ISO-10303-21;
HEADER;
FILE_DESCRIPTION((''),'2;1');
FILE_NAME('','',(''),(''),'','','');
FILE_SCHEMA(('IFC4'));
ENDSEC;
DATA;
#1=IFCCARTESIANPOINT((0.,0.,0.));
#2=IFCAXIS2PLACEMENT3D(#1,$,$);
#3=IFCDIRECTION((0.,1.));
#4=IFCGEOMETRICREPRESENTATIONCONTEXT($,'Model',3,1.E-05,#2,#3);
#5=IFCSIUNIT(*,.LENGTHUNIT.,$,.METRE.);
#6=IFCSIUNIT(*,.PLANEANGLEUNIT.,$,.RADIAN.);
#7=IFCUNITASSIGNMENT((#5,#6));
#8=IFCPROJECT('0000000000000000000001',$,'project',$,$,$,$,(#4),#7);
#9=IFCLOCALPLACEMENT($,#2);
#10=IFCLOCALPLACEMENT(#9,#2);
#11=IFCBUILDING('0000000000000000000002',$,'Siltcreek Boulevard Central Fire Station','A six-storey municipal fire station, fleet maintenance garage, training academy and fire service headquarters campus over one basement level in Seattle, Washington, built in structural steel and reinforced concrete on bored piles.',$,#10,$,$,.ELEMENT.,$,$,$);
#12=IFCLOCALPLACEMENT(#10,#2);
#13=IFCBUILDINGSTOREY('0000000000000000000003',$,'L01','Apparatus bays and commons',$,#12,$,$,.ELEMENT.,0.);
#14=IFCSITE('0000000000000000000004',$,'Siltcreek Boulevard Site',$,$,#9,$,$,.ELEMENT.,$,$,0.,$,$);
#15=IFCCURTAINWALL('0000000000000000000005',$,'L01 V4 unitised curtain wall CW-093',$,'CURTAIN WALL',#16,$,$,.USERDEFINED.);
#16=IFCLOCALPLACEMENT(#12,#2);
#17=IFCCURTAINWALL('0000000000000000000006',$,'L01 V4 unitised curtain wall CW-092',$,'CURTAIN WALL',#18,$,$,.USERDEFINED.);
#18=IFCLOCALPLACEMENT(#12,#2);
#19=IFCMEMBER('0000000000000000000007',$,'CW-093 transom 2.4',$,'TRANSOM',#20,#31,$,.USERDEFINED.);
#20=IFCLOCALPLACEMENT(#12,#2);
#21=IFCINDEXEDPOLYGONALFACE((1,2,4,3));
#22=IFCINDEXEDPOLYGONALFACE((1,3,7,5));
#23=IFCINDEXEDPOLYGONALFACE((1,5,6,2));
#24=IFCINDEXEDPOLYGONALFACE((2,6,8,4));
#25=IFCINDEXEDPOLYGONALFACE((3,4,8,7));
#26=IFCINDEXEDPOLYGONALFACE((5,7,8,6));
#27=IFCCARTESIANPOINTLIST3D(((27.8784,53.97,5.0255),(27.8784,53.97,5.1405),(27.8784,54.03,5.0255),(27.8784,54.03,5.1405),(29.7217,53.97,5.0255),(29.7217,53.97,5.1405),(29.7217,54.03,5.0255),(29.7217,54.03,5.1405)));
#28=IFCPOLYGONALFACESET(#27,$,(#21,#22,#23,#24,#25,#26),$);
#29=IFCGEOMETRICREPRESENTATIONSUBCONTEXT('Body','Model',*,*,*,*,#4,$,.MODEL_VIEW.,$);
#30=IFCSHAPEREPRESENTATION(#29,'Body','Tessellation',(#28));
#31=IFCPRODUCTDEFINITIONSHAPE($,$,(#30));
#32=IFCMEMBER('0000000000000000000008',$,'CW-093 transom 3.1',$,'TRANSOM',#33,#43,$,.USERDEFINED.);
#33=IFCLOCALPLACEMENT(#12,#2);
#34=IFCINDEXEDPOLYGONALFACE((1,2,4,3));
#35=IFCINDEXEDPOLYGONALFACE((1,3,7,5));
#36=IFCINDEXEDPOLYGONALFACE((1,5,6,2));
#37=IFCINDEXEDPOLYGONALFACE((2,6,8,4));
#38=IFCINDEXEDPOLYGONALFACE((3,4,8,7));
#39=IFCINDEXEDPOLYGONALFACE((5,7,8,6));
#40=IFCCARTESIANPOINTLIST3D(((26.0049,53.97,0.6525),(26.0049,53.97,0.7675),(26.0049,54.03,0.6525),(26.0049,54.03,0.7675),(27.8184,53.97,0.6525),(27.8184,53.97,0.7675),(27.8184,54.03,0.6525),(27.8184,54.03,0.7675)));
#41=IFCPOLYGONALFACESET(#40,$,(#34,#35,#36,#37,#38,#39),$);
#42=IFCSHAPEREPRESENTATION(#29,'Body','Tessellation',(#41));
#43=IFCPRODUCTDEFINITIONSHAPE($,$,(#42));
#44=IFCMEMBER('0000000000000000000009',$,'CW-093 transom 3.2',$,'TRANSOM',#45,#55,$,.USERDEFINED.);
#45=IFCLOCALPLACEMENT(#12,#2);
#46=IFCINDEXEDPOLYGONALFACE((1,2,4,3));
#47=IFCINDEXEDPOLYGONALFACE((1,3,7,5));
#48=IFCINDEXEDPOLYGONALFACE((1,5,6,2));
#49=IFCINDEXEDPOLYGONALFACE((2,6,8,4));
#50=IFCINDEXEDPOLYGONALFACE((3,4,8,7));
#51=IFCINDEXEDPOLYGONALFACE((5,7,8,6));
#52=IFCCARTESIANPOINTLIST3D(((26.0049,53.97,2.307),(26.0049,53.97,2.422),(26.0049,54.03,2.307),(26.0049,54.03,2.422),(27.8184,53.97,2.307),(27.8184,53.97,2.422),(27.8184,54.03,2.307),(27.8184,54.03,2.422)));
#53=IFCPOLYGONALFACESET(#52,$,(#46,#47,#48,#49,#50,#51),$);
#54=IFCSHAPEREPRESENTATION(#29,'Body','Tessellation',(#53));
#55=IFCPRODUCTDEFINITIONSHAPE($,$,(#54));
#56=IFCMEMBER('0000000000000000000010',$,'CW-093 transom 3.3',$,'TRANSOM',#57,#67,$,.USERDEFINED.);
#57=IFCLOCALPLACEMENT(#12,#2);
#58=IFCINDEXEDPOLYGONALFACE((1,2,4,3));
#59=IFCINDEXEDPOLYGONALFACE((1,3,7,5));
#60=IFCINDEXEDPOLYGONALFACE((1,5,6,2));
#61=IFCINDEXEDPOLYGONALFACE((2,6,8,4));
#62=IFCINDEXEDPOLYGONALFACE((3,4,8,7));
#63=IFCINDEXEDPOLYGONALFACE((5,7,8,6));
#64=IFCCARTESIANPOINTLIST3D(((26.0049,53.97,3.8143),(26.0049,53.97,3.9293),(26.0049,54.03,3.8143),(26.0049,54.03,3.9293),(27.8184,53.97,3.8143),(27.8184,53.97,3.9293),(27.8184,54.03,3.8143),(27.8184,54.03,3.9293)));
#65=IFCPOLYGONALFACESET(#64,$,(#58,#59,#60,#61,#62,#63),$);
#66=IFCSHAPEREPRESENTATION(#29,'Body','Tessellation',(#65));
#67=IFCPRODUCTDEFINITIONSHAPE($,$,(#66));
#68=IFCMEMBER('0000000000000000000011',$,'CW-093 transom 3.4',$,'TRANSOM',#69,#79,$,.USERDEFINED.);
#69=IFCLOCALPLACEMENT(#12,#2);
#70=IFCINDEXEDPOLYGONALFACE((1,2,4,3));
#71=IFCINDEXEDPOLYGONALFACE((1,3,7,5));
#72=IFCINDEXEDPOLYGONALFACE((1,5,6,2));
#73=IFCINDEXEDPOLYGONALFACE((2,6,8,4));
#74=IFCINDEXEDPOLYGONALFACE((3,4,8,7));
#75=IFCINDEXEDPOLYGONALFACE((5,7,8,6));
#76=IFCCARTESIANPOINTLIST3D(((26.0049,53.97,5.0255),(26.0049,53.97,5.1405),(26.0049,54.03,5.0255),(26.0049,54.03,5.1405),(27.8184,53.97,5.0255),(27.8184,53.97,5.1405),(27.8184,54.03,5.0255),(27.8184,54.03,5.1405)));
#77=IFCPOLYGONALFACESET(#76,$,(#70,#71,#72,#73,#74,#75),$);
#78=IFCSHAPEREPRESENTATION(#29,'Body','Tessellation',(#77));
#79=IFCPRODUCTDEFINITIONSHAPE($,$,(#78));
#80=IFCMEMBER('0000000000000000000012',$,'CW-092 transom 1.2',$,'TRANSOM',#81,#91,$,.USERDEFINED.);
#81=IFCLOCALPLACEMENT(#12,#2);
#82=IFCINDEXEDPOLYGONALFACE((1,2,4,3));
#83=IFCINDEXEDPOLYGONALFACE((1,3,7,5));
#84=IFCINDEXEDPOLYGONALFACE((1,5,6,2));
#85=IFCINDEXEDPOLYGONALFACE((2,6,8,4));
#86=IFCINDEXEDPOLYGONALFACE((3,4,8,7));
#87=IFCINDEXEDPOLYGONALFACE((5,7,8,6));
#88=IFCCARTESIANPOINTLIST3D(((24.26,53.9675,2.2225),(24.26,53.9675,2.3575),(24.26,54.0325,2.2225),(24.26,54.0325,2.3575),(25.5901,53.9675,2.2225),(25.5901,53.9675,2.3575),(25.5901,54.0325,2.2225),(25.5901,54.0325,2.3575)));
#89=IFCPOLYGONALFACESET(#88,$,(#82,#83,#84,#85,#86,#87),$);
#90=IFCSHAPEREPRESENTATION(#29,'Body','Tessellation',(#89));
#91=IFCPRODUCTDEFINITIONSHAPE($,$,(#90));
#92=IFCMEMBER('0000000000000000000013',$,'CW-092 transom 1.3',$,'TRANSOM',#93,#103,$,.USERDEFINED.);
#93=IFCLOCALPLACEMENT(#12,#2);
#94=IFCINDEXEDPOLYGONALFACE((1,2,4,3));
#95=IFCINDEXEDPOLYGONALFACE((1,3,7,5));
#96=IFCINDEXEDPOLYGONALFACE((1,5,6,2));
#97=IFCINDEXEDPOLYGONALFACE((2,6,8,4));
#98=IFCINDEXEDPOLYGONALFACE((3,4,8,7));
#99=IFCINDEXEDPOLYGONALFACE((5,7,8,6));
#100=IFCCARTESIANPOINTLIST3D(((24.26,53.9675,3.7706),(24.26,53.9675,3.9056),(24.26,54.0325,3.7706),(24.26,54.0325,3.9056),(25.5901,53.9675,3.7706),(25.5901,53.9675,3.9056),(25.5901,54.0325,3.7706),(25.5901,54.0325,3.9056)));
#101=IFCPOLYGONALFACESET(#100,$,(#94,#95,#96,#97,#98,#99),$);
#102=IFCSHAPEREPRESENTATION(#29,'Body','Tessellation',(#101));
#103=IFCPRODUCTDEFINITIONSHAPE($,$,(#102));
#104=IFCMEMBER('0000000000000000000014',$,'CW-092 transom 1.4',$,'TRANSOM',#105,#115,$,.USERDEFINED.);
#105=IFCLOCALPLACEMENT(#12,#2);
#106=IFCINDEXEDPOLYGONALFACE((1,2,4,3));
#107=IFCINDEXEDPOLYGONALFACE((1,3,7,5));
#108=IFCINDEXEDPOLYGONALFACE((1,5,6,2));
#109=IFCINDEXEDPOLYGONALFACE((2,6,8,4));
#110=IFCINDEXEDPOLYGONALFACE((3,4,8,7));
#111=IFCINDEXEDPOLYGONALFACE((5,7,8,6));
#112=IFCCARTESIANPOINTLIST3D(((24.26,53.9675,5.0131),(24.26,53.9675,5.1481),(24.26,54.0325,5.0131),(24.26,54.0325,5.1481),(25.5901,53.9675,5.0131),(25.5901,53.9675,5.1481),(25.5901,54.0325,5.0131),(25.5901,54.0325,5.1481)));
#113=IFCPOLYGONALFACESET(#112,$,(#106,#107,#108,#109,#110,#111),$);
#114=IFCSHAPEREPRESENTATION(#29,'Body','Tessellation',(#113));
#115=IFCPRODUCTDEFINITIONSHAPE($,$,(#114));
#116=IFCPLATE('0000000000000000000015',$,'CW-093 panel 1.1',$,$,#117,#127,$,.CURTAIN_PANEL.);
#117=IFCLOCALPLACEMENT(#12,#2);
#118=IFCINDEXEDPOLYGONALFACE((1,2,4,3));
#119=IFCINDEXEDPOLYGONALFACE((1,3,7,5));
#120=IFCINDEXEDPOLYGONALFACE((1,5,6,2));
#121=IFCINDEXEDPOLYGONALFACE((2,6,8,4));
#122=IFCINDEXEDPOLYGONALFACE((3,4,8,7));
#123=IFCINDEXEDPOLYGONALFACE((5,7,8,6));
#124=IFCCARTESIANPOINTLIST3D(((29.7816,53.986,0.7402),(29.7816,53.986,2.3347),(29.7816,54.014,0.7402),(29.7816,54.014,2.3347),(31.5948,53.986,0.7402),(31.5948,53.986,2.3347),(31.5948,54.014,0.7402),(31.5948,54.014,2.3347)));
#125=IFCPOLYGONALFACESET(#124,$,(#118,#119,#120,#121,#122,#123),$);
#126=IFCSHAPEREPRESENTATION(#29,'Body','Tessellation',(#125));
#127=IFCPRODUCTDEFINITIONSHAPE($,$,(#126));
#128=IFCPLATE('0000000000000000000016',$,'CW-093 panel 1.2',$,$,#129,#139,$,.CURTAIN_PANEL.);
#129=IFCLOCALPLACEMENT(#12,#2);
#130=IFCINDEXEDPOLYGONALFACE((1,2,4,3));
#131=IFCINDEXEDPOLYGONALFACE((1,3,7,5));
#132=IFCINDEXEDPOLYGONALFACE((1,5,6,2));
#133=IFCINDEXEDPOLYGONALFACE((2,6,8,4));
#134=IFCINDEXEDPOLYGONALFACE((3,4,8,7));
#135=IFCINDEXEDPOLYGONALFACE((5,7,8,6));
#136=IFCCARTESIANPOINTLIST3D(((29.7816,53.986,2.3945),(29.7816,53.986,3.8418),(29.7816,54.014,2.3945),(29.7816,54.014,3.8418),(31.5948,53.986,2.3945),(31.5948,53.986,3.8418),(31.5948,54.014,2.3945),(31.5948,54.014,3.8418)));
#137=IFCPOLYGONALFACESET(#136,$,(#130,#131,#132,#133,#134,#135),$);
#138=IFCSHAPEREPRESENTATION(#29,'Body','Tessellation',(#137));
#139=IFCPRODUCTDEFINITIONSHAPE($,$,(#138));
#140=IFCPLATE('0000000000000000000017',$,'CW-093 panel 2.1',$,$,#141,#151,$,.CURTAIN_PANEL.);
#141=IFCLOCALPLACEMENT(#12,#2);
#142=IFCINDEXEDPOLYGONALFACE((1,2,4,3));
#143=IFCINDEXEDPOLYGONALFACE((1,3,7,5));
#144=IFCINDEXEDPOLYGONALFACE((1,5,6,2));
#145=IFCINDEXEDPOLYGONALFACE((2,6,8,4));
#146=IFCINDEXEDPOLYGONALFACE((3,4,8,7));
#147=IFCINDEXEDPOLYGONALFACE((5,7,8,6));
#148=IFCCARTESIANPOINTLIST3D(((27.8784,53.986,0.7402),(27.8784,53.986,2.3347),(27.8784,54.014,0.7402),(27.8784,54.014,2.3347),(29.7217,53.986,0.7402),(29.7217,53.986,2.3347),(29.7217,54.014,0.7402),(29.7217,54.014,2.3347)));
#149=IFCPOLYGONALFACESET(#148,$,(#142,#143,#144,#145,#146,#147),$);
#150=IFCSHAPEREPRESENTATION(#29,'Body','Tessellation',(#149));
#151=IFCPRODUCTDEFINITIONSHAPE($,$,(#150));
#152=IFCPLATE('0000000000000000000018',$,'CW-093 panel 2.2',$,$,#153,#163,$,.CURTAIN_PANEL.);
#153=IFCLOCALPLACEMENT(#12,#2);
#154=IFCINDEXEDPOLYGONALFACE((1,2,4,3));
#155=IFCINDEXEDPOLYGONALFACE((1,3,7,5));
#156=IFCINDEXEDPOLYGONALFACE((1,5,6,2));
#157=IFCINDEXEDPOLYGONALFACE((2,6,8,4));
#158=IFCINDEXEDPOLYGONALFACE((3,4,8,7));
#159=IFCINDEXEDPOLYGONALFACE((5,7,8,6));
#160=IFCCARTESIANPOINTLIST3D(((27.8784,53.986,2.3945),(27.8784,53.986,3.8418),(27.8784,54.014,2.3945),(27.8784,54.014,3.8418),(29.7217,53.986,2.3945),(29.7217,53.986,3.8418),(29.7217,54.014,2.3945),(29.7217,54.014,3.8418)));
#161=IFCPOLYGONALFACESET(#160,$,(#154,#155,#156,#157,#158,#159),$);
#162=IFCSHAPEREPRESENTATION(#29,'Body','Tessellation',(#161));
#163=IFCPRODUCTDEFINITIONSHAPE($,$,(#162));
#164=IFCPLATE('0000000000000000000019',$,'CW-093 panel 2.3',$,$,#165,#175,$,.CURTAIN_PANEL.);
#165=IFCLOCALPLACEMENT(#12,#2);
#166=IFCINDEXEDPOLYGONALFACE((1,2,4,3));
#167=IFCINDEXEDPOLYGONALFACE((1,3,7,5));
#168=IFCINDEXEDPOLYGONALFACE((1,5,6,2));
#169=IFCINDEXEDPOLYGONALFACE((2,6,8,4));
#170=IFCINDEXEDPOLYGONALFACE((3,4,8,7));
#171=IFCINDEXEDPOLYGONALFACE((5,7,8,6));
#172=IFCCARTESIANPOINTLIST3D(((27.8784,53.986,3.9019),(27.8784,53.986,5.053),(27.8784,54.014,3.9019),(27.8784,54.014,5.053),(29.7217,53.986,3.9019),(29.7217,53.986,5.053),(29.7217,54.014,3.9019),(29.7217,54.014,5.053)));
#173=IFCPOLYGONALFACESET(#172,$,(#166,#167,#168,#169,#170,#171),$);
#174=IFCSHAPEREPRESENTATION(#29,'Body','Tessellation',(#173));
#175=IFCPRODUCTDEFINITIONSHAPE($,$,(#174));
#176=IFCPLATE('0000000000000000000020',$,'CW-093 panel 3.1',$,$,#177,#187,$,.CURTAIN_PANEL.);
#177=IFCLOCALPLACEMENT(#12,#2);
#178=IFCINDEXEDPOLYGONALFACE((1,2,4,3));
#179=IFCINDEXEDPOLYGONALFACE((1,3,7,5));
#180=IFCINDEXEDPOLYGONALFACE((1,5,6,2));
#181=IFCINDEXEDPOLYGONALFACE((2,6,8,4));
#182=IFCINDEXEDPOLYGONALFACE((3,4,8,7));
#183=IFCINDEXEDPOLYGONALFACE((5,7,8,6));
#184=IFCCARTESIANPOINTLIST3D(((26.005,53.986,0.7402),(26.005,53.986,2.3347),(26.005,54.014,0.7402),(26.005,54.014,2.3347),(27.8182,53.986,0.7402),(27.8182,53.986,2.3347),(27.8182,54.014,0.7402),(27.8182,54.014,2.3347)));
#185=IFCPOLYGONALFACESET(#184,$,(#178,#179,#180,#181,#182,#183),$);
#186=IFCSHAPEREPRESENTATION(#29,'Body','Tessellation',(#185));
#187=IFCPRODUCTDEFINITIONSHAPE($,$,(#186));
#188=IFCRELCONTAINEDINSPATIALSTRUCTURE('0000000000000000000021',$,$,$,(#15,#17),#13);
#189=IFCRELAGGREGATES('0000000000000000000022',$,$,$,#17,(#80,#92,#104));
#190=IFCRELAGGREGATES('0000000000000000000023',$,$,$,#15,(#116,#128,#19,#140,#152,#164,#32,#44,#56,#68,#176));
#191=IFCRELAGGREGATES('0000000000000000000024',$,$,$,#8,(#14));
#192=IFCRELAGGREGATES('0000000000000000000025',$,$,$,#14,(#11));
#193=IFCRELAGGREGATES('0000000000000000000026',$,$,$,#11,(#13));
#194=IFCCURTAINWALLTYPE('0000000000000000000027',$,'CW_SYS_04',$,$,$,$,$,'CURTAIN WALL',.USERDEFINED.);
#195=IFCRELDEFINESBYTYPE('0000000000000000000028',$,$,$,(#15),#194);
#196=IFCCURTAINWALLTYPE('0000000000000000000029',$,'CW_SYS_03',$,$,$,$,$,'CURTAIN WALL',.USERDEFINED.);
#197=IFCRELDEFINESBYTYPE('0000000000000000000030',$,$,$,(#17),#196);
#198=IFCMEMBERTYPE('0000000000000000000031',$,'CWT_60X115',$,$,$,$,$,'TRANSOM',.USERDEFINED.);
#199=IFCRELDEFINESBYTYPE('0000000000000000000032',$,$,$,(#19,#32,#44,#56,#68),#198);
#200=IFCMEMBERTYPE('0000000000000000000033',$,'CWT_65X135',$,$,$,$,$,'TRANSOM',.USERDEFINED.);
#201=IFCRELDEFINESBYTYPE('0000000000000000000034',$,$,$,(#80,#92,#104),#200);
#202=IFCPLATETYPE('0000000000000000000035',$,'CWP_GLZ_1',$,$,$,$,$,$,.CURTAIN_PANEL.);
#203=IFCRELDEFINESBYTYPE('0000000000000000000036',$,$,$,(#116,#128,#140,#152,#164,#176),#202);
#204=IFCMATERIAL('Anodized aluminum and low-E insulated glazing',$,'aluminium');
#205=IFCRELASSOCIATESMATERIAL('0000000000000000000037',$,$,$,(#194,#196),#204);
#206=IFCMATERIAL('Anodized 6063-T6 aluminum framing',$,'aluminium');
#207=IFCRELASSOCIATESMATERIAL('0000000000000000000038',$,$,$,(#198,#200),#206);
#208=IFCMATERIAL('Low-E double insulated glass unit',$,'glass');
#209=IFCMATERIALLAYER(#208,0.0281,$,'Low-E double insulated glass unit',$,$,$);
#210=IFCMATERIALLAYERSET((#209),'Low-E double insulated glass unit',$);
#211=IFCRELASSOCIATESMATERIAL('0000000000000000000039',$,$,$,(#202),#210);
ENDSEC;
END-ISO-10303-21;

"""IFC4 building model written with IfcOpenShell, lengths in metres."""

from ifc_helpers import new_model, si_unit, direction, frame, origin, origin_2d, place, context, subcontext, project, spatial, rectangle, extrude, material, layer, layer_set, material_profile, profile_set, type_object, element, aggregate, save


model = new_model("IFC4")

# Units and contexts
model_context = context("Model", 3, precision=1e-05, world=origin(), true_north=direction((0.0, 1.0)))
body_context = subcontext(model_context, "Body", "Model", "MODEL_VIEW")
ifc_project = project(units=[si_unit("LENGTHUNIT", "METRE"), si_unit("PLANEANGLEUNIT", "RADIAN")], contexts=[model_context])

# Site, building, storey
site_placement = place(None, origin())
site = spatial("IfcSite", under=ifc_project, at=site_placement, Name="Siltcreek Boulevard Site", CompositionType="ELEMENT", RefElevation=0.0)
building_placement = place(site_placement, origin())
building = spatial("IfcBuilding", under=site, at=building_placement, Name="Siltcreek Boulevard Central Fire Station", Description="A six-storey municipal fire station, fleet maintenance garage, training academy and fire service headquarters campus over one basement level in Seattle, Washington, built in structural steel and reinforced concrete on bored piles.", CompositionType="ELEMENT")
storey_placement = place(building_placement, origin())
storey = spatial("IfcBuildingStorey", under=building, at=storey_placement, Name="L01", Description="Apparatus bays and commons", CompositionType="ELEMENT", Elevation=0.0)

# Curtain wall
ifc_material_1 = material(Name="Anodized aluminum and low-E insulated glazing", Category="aluminium")
curtain_wall_type_1 = type_object("IfcCurtainWallType", Name="CW_SYS_04", ElementType="CURTAIN WALL", PredefinedType="USERDEFINED", material=ifc_material_1)
curtain_wall_1_placement = place(storey_placement, origin())
curtain_wall_1 = element("IfcCurtainWall", 1, at=curtain_wall_1_placement, inside=storey, type_object=curtain_wall_type_1, Name="L01 V4 unitised curtain wall CW-093", ObjectType="CURTAIN WALL", PredefinedType="USERDEFINED")
ifc_material_2 = material(Name="Anodized 6063-T6 aluminum framing", Category="aluminium")

# Curtain wall
curtain_wall_type_2 = type_object("IfcCurtainWallType", Name="CW_SYS_03", ElementType="CURTAIN WALL", PredefinedType="USERDEFINED", material=ifc_material_1)
curtain_wall_2_placement = place(storey_placement, origin())
curtain_wall_2 = element("IfcCurtainWall", 2, at=curtain_wall_2_placement, inside=storey, type_object=curtain_wall_type_2, Name="L01 V4 unitised curtain wall CW-092", ObjectType="CURTAIN WALL", PredefinedType="USERDEFINED")

# Members
ifc_material_profile_1 = material_profile(ifc_material_2, rectangle(XDim=0.0601, YDim=0.115, at=origin_2d()), Name="TRAN60X115")
ifc_profile_set_1 = profile_set([ifc_material_profile_1], Name="Anodized 6063-T6 aluminum framing")
member_type_1 = type_object("IfcMemberType", Name="CWT_60X115", ElementType="TRANSOM", PredefinedType="USERDEFINED", material=ifc_profile_set_1)
member_1_placement = place(storey_placement, frame((29.7217, 54.0, 5.083), z_axis=(-1.0, 0.0, 0.0), x_axis=(0.0, -1.0, 0.0)))
member_1 = element("IfcMember", 3, at=member_1_placement, type_object=member_type_1, Name="CW-093 transom 2.4", ObjectType="TRANSOM", PredefinedType="USERDEFINED", context=body_context, shape_type="SweptSolid", body=[
    extrude(rectangle(XDim=0.0601, YDim=0.115, at=origin_2d()), origin(), (0.0, 0.0, 1.0), 1.8433),
])
member_2_placement = place(storey_placement, frame((27.8184, 54.0, 0.71), z_axis=(-1.0, 0.0, 0.0), x_axis=(0.0, -1.0, 0.0)))
member_2 = element("IfcMember", 4, at=member_2_placement, type_object=member_type_1, Name="CW-093 transom 3.1", ObjectType="TRANSOM", PredefinedType="USERDEFINED", context=body_context, shape_type="SweptSolid", body=[
    extrude(rectangle(XDim=0.0601, YDim=0.115, at=origin_2d()), origin(), (0.0, 0.0, 1.0), 1.8135),
])
member_3_placement = place(storey_placement, frame((27.8184, 54.0, 2.3645), z_axis=(-1.0, 0.0, 0.0), x_axis=(0.0, -1.0, 0.0)))
member_3 = element("IfcMember", 5, at=member_3_placement, type_object=member_type_1, Name="CW-093 transom 3.2", ObjectType="TRANSOM", PredefinedType="USERDEFINED", context=body_context, shape_type="SweptSolid", body=[
    extrude(rectangle(XDim=0.0601, YDim=0.115, at=origin_2d()), origin(), (0.0, 0.0, 1.0), 1.8135),
])
member_4_placement = place(storey_placement, frame((27.8184, 54.0, 3.8718), z_axis=(-1.0, 0.0, 0.0), x_axis=(0.0, -1.0, 0.0)))
member_4 = element("IfcMember", 6, at=member_4_placement, type_object=member_type_1, Name="CW-093 transom 3.3", ObjectType="TRANSOM", PredefinedType="USERDEFINED", context=body_context, shape_type="SweptSolid", body=[
    extrude(rectangle(XDim=0.0601, YDim=0.115, at=origin_2d()), origin(), (0.0, 0.0, 1.0), 1.8135),
])
member_5_placement = place(storey_placement, frame((27.8184, 54.0, 5.083), z_axis=(-1.0, 0.0, 0.0), x_axis=(0.0, -1.0, 0.0)))
member_5 = element("IfcMember", 7, at=member_5_placement, type_object=member_type_1, Name="CW-093 transom 3.4", ObjectType="TRANSOM", PredefinedType="USERDEFINED", context=body_context, shape_type="SweptSolid", body=[
    extrude(rectangle(XDim=0.0601, YDim=0.115, at=origin_2d()), origin(), (0.0, 0.0, 1.0), 1.8135),
])
ifc_material_profile_2 = material_profile(ifc_material_2, rectangle(XDim=0.0649, YDim=0.135, at=origin_2d()), Name="TRAN65X135")
ifc_profile_set_2 = profile_set([ifc_material_profile_2], Name="Anodized 6063-T6 aluminum framing")
member_type_2 = type_object("IfcMemberType", Name="CWT_65X135", ElementType="TRANSOM", PredefinedType="USERDEFINED", material=ifc_profile_set_2)
member_6_placement = place(storey_placement, frame((25.5901, 54.0, 2.29), z_axis=(-1.0, 0.0, 0.0), x_axis=(0.0, -1.0, 0.0)))
member_6 = element("IfcMember", 8, at=member_6_placement, type_object=member_type_2, Name="CW-092 transom 1.2", ObjectType="TRANSOM", PredefinedType="USERDEFINED", context=body_context, shape_type="SweptSolid", body=[
    extrude(rectangle(XDim=0.0649, YDim=0.135, at=origin_2d()), origin(), (0.0, 0.0, 1.0), 1.3301),
])
member_7_placement = place(storey_placement, frame((25.5901, 54.0, 3.8381), z_axis=(-1.0, 0.0, 0.0), x_axis=(0.0, -1.0, 0.0)))
member_7 = element("IfcMember", 9, at=member_7_placement, type_object=member_type_2, Name="CW-092 transom 1.3", ObjectType="TRANSOM", PredefinedType="USERDEFINED", context=body_context, shape_type="SweptSolid", body=[
    extrude(rectangle(XDim=0.0649, YDim=0.135, at=origin_2d()), origin(), (0.0, 0.0, 1.0), 1.3301),
])
member_8_placement = place(storey_placement, frame((25.5901, 54.0, 5.0806), z_axis=(-1.0, 0.0, 0.0), x_axis=(0.0, -1.0, 0.0)))
member_8 = element("IfcMember", 10, at=member_8_placement, type_object=member_type_2, Name="CW-092 transom 1.4", ObjectType="TRANSOM", PredefinedType="USERDEFINED", context=body_context, shape_type="SweptSolid", body=[
    extrude(rectangle(XDim=0.0649, YDim=0.135, at=origin_2d()), origin(), (0.0, 0.0, 1.0), 1.3301),
])
aggregate(curtain_wall_2, [member_6, member_7, member_8])

# Plates
ifc_material_3 = material(Name="Low-E double insulated glass unit", Category="glass")
ifc_layer_1 = layer(ifc_material_3, 0.0281, Name="Low-E double insulated glass unit")
ifc_layer_set_1 = layer_set([ifc_layer_1], Name="Low-E double insulated glass unit")
plate_type = type_object("IfcPlateType", Name="CWP_GLZ_1", PredefinedType="CURTAIN_PANEL", material=ifc_layer_set_1)
plate_1_placement = place(storey_placement, frame((30.6882, 54.0, 0.7402), z_axis=(0.0, 0.0, 1.0), x_axis=(-1.0, 0.0, 0.0)))
plate_1 = element("IfcPlate", 11, at=plate_1_placement, type_object=plate_type, Name="CW-093 panel 1.1", PredefinedType="CURTAIN_PANEL", context=body_context, shape_type="SweptSolid", body=[
    extrude(rectangle(XDim=1.8132, YDim=0.0281, at=origin_2d()), origin(), (0.0, 0.0, 1.0), 1.5945),
])
plate_2_placement = place(storey_placement, frame((30.6882, 54.0, 2.3945), z_axis=(0.0, 0.0, 1.0), x_axis=(-1.0, 0.0, 0.0)))
plate_2 = element("IfcPlate", 12, at=plate_2_placement, type_object=plate_type, Name="CW-093 panel 1.2", PredefinedType="CURTAIN_PANEL", context=body_context, shape_type="SweptSolid", body=[
    extrude(rectangle(XDim=1.8132, YDim=0.0281, at=origin_2d()), origin(), (0.0, 0.0, 1.0), 1.4473),
])
plate_3_placement = place(storey_placement, frame((28.8, 54.0, 0.7402), z_axis=(0.0, 0.0, 1.0), x_axis=(-1.0, 0.0, 0.0)))
plate_3 = element("IfcPlate", 13, at=plate_3_placement, type_object=plate_type, Name="CW-093 panel 2.1", PredefinedType="CURTAIN_PANEL", context=body_context, shape_type="SweptSolid", body=[
    extrude(rectangle(XDim=1.8433, YDim=0.0281, at=origin_2d()), origin(), (0.0, 0.0, 1.0), 1.5945),
])
plate_4_placement = place(storey_placement, frame((28.8, 54.0, 2.3945), z_axis=(0.0, 0.0, 1.0), x_axis=(-1.0, 0.0, 0.0)))
plate_4 = element("IfcPlate", 14, at=plate_4_placement, type_object=plate_type, Name="CW-093 panel 2.2", PredefinedType="CURTAIN_PANEL", context=body_context, shape_type="SweptSolid", body=[
    extrude(rectangle(XDim=1.8433, YDim=0.0281, at=origin_2d()), origin(), (0.0, 0.0, 1.0), 1.4473),
])
plate_5_placement = place(storey_placement, frame((28.8, 54.0, 3.9019), z_axis=(0.0, 0.0, 1.0), x_axis=(-1.0, 0.0, 0.0)))
plate_5 = element("IfcPlate", 15, at=plate_5_placement, type_object=plate_type, Name="CW-093 panel 2.3", PredefinedType="CURTAIN_PANEL", context=body_context, shape_type="SweptSolid", body=[
    extrude(rectangle(XDim=1.8433, YDim=0.0281, at=origin_2d()), origin(), (0.0, 0.0, 1.0), 1.1511),
])
plate_6_placement = place(storey_placement, frame((26.9116, 54.0, 0.7402), z_axis=(0.0, 0.0, 1.0), x_axis=(-1.0, 0.0, 0.0)))
plate_6 = element("IfcPlate", 16, at=plate_6_placement, type_object=plate_type, Name="CW-093 panel 3.1", PredefinedType="CURTAIN_PANEL", context=body_context, shape_type="SweptSolid", body=[
    extrude(rectangle(XDim=1.8132, YDim=0.0281, at=origin_2d()), origin(), (0.0, 0.0, 1.0), 1.5945),
])
aggregate(curtain_wall_1, [plate_1, plate_2, member_1, plate_3, plate_4, plate_5, member_2, member_3, member_4, member_5, plate_6])

save(model, "model.ifc")
